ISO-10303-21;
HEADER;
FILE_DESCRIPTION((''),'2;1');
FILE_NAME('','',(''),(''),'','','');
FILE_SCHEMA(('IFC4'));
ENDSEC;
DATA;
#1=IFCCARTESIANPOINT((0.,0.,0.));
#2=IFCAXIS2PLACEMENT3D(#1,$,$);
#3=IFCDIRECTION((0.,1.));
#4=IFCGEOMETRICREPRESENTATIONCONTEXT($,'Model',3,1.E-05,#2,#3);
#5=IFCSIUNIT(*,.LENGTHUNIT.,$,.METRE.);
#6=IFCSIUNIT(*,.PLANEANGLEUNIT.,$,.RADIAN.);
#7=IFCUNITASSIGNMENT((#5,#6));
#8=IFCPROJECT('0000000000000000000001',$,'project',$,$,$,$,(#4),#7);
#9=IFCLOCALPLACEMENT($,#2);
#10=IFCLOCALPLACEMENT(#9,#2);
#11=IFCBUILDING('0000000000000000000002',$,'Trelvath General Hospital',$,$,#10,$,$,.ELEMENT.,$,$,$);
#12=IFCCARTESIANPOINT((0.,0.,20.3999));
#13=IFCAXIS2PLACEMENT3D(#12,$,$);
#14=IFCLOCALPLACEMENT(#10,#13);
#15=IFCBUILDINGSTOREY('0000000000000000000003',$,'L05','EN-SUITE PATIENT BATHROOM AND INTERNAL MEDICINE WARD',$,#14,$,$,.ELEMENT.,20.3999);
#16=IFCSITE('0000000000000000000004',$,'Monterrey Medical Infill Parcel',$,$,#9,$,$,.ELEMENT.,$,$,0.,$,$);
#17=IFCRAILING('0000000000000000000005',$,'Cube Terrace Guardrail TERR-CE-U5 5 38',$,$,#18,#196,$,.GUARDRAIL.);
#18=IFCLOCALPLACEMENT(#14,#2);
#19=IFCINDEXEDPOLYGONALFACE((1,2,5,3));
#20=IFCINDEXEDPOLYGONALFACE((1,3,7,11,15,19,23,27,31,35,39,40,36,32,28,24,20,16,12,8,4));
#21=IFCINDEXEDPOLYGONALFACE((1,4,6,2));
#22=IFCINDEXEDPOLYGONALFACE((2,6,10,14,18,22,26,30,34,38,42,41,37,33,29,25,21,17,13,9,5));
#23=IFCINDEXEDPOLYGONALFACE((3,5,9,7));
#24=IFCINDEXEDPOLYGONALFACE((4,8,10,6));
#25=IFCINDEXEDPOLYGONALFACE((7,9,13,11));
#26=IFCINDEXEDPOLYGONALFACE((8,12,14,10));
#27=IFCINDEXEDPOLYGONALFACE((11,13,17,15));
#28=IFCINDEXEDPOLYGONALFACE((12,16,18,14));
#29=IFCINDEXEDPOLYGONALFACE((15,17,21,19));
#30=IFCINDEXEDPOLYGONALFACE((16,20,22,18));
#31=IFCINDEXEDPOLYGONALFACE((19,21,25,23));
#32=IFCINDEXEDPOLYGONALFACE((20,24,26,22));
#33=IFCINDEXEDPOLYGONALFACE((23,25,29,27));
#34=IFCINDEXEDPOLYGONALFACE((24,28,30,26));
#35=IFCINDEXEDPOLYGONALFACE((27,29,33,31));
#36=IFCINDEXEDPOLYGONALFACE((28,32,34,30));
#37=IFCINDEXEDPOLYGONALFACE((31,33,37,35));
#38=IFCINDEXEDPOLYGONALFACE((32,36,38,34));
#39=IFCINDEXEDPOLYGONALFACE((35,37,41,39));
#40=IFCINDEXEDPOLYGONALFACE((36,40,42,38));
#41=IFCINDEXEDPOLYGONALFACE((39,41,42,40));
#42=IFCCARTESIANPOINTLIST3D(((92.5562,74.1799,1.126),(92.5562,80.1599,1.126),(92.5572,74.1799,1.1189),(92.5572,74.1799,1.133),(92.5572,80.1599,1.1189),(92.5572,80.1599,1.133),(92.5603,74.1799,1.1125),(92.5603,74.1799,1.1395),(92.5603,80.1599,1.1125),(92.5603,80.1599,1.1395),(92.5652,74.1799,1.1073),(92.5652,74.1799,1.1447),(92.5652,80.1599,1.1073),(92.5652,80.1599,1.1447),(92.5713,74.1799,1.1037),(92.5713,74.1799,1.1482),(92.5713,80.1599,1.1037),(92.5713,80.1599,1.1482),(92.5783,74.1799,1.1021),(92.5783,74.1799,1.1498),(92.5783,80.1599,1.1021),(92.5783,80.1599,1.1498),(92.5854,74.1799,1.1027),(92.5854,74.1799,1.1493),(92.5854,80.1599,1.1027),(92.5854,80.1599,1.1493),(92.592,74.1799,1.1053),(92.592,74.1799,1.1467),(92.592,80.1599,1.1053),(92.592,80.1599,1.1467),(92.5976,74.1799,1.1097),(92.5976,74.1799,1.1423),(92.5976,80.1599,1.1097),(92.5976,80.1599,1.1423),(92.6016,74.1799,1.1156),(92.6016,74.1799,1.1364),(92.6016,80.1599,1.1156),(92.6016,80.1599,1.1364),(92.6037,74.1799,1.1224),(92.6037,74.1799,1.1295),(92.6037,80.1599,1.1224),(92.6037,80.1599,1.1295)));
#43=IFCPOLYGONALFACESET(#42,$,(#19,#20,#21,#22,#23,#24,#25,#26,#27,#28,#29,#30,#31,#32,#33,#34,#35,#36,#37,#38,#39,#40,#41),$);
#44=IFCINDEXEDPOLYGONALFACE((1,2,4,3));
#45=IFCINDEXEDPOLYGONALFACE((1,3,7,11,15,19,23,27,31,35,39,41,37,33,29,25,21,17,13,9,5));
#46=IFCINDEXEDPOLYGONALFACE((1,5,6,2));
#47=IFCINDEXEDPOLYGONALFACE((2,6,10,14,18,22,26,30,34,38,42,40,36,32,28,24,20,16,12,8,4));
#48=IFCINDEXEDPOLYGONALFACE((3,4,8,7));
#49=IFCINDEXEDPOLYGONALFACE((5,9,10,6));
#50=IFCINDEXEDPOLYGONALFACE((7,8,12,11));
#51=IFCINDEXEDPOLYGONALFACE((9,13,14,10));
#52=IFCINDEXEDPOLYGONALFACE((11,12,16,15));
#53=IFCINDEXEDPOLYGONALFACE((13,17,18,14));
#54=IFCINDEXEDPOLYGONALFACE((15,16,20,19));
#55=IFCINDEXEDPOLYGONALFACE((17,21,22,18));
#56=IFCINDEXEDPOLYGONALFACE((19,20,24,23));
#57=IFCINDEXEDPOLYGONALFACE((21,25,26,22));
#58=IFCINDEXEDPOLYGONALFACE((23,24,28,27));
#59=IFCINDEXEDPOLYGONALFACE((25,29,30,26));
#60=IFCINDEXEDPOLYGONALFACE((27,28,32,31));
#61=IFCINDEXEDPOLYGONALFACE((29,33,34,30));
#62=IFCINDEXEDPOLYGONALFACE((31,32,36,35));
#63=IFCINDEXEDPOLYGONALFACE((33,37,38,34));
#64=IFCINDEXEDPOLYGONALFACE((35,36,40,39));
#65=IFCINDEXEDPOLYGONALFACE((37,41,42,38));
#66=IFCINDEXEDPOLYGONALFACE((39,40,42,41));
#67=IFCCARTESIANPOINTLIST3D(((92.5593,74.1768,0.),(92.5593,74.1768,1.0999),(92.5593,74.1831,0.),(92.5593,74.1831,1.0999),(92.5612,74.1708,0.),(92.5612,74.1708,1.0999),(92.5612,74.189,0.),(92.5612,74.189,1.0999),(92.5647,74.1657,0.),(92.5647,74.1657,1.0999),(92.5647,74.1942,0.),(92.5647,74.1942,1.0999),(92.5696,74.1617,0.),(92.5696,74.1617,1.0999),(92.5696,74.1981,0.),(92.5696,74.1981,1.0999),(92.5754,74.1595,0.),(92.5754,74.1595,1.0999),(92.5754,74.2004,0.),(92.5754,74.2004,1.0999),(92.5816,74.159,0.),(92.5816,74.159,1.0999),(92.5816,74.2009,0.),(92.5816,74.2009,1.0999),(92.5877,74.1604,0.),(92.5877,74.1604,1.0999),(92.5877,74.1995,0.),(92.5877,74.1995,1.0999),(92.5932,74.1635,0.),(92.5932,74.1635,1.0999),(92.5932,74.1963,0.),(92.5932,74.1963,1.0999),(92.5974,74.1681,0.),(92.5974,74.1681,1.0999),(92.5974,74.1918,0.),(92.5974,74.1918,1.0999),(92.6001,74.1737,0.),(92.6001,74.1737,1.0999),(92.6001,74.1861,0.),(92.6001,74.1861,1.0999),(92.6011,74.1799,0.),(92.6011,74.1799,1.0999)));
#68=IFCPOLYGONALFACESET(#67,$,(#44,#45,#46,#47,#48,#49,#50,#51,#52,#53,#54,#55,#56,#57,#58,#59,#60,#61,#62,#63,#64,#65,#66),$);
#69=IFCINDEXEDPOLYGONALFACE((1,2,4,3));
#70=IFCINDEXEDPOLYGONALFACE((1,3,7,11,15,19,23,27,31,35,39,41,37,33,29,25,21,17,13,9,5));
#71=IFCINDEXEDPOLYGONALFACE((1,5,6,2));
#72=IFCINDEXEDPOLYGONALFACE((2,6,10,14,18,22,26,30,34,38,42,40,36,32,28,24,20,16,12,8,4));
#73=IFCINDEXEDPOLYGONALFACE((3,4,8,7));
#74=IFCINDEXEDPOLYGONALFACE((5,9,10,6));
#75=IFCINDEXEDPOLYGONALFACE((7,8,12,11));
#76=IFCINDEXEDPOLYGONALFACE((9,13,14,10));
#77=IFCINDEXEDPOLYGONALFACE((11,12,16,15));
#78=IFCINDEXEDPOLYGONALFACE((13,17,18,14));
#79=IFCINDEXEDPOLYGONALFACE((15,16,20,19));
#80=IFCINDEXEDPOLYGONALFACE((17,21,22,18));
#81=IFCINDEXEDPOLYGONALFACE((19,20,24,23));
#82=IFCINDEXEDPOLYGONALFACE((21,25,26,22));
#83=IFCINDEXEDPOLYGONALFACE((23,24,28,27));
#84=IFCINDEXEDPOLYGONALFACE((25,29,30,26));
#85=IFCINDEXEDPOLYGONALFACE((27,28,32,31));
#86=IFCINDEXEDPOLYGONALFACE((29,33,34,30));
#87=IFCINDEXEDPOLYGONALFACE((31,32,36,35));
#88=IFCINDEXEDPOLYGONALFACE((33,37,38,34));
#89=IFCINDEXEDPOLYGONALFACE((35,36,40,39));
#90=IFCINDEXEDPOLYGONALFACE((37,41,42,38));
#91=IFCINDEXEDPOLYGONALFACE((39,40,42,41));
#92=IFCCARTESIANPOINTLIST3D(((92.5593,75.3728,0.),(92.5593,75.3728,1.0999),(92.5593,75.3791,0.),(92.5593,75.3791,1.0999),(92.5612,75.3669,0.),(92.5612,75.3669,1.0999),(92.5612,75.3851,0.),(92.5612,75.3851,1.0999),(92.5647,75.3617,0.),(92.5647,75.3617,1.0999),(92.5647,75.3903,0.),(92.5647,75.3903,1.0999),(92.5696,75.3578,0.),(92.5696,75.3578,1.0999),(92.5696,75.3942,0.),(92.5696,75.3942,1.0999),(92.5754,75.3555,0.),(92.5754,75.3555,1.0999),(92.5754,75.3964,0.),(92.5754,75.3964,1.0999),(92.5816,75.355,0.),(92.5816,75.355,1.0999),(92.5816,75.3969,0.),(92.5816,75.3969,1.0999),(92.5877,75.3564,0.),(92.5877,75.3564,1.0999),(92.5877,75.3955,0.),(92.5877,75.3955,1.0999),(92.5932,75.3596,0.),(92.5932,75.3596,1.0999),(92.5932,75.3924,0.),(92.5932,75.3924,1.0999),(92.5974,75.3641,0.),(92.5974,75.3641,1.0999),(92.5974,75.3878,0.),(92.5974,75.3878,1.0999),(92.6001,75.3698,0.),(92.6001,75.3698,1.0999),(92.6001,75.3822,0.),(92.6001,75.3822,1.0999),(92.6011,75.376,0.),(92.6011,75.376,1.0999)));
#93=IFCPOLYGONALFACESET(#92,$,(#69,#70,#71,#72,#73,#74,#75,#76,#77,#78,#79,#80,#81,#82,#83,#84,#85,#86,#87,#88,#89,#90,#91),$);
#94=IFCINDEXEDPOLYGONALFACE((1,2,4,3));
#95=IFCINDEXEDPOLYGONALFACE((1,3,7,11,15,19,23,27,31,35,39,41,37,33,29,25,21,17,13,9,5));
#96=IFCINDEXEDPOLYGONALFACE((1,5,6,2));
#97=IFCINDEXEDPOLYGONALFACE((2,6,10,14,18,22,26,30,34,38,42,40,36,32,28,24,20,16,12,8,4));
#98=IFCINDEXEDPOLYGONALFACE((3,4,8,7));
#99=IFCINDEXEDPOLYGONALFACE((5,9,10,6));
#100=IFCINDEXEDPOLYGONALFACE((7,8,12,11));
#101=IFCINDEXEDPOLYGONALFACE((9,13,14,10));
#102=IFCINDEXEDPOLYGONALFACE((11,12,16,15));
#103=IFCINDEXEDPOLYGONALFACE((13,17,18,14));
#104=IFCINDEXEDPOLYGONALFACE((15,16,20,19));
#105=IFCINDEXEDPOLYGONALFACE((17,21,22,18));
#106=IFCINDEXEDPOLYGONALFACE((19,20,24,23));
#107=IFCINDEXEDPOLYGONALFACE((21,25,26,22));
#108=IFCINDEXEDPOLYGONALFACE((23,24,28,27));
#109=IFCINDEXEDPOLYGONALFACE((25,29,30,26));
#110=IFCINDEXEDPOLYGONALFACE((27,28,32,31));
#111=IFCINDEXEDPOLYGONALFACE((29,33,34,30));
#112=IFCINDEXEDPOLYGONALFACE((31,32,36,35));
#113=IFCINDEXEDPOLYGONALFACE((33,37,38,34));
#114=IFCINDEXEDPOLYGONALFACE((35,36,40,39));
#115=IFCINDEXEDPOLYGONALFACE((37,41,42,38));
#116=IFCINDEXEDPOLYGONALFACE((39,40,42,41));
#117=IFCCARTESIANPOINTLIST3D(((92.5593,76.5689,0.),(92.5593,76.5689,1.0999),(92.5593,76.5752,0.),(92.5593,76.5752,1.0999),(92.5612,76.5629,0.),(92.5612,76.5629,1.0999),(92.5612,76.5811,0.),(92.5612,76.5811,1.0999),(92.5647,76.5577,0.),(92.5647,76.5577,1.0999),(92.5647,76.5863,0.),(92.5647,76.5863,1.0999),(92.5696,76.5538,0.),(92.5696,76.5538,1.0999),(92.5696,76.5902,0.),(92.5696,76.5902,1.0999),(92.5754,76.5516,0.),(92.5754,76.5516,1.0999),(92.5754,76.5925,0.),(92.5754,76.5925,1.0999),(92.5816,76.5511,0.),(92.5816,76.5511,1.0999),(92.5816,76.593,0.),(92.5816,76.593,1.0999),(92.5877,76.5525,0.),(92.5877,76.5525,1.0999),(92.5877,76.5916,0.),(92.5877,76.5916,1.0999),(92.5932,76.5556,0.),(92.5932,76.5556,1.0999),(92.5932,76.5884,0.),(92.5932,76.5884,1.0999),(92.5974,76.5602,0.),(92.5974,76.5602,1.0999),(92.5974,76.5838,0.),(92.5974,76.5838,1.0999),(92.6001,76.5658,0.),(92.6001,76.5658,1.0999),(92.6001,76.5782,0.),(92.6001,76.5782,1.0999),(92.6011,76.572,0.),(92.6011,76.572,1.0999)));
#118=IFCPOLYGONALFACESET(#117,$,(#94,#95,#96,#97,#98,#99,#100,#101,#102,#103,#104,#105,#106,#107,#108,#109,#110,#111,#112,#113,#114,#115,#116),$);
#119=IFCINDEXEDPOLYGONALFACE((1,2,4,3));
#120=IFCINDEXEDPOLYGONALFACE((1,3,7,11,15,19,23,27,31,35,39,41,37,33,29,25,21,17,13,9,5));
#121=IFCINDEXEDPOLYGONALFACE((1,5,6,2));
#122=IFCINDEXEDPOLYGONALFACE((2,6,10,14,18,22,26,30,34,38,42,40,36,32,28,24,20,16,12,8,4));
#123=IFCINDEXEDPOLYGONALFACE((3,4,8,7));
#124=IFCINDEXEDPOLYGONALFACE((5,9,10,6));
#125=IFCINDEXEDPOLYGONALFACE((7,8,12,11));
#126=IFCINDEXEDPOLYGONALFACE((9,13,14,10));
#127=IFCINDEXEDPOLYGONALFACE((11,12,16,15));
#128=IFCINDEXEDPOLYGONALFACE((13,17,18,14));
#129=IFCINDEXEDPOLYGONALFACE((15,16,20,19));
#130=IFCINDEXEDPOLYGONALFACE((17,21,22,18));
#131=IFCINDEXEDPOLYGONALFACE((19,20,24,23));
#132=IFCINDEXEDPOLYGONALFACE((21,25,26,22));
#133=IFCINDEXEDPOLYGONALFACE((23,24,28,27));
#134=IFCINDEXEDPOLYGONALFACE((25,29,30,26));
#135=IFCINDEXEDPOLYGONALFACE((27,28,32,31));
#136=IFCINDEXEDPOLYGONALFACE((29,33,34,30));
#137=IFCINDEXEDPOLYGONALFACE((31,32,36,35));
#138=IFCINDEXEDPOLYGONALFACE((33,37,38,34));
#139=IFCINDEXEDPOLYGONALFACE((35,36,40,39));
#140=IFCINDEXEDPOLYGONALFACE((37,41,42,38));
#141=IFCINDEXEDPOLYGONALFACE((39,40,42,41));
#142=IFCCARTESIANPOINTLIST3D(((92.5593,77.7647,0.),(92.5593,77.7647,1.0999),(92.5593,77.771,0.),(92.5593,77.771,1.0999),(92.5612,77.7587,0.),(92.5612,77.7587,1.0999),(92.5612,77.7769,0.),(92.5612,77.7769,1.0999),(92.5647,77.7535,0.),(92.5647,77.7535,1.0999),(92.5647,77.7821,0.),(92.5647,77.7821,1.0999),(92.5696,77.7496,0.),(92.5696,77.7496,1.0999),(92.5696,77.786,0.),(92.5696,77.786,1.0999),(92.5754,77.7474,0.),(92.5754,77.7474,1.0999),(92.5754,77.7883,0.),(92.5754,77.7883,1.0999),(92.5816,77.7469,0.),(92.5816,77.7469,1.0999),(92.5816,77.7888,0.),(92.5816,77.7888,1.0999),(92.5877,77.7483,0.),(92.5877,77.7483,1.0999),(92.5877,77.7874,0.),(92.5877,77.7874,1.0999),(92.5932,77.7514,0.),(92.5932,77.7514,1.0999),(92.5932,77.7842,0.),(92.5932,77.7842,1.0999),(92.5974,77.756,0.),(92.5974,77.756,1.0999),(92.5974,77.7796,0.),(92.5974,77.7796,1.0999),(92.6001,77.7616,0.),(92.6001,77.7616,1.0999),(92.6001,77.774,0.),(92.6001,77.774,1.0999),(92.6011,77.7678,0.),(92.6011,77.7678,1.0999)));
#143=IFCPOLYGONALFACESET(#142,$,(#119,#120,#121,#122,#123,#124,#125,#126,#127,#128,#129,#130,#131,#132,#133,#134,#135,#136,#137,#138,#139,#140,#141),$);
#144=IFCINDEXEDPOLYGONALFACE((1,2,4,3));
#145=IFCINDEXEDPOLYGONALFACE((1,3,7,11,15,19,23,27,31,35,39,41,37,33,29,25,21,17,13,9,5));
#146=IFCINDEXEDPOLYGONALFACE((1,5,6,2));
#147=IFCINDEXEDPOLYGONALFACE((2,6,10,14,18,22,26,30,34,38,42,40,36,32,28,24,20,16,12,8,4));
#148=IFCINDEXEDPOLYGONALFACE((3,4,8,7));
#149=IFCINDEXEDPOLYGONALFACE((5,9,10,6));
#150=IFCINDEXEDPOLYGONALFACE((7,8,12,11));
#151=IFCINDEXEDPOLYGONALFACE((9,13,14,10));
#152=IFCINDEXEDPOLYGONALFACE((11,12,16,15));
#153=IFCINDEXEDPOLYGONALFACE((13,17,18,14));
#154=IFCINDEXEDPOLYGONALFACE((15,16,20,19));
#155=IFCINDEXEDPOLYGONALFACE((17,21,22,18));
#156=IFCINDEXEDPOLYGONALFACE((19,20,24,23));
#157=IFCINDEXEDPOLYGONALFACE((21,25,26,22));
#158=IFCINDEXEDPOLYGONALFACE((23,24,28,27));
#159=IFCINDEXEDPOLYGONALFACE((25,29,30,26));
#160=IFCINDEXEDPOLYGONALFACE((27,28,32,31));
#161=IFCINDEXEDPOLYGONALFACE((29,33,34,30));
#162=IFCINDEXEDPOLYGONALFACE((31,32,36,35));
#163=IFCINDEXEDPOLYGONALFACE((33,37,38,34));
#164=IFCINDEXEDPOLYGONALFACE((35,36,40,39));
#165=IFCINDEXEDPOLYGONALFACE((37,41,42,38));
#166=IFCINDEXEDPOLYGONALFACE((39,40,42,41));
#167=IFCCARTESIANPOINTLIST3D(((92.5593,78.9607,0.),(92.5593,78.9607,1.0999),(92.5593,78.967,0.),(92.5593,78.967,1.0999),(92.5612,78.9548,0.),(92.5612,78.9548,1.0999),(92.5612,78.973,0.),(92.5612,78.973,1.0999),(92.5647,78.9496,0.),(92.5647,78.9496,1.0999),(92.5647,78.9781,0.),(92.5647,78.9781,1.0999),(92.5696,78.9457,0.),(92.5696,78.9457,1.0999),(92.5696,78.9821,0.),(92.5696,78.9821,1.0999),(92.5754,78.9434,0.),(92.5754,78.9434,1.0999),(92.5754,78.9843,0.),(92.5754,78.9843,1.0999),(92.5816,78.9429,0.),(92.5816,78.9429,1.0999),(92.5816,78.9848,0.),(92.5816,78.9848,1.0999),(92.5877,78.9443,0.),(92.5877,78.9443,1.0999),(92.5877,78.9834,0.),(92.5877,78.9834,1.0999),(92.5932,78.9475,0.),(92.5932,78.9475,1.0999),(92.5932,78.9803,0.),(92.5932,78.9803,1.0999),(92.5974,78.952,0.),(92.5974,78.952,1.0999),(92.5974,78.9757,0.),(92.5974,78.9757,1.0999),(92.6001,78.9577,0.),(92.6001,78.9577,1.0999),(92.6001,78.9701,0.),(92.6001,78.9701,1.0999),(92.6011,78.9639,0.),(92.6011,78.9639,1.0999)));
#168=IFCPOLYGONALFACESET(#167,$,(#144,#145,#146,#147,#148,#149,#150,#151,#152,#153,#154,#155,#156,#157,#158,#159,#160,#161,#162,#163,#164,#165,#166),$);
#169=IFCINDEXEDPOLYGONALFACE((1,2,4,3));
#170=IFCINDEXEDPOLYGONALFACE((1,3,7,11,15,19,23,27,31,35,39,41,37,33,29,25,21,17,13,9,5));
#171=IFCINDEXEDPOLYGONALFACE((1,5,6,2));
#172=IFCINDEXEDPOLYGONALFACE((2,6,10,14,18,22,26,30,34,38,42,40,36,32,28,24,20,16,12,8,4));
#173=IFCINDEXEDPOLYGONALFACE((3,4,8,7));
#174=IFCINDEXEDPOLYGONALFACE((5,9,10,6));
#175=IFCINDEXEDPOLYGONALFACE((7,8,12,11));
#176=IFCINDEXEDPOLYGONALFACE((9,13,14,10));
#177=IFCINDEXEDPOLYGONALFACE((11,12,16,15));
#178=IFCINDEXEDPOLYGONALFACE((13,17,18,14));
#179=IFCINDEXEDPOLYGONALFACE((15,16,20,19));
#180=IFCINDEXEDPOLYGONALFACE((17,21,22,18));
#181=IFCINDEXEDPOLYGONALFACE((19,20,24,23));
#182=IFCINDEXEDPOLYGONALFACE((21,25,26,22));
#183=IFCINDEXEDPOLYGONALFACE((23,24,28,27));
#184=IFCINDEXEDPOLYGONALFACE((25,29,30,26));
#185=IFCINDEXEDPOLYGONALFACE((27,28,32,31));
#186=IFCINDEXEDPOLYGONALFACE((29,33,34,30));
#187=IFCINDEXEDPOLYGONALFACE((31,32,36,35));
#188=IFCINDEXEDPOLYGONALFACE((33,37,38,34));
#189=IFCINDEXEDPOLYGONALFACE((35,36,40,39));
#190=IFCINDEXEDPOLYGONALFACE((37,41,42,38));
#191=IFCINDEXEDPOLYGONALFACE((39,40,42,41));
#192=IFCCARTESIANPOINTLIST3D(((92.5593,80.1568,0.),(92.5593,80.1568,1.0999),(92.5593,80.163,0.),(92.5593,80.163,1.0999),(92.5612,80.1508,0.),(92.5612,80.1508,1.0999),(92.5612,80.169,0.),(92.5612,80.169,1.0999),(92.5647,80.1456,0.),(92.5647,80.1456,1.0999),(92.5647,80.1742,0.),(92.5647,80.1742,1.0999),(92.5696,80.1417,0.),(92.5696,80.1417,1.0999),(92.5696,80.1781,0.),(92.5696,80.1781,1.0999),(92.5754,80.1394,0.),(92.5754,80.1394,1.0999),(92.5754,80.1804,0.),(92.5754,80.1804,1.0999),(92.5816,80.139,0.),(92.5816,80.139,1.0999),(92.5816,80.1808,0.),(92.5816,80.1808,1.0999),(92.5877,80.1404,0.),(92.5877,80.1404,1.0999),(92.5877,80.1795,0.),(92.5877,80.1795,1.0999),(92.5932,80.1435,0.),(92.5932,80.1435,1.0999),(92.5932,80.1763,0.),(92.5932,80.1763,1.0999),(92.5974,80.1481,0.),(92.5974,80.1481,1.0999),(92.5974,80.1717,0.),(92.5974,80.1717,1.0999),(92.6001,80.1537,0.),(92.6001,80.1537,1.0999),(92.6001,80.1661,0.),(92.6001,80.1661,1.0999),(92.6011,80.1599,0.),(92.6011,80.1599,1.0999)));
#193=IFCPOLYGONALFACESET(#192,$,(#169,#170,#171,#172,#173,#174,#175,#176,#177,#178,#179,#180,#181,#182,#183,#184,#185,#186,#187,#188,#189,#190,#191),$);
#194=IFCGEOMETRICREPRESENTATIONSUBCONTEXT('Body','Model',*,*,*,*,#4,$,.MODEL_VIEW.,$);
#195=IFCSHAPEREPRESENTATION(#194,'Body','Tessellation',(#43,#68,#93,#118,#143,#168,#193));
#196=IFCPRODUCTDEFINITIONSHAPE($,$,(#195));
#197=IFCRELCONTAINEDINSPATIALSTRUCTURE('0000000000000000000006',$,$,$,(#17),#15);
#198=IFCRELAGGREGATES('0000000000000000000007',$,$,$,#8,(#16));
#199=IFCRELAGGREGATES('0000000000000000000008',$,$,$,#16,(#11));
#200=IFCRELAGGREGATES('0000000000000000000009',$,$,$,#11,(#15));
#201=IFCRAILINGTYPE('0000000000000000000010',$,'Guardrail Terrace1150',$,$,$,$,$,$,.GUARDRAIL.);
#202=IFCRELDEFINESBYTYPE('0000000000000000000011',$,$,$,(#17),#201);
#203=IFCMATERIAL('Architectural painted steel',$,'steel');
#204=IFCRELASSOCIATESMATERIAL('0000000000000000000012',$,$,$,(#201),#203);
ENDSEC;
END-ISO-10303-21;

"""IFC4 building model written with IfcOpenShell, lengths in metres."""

from ifc_helpers import new_model, si_unit, direction, frame, origin, origin_2d, place, context, subcontext, project, spatial, circle, extrude, material, type_object, element, save


model = new_model("IFC4")

# Units and contexts
model_context = context("Model", 3, precision=1e-05, world=origin(), true_north=direction((0.0, 1.0)))
body_context = subcontext(model_context, "Body", "Model", "MODEL_VIEW")
ifc_project = project(units=[si_unit("LENGTHUNIT", "METRE"), si_unit("PLANEANGLEUNIT", "RADIAN")], contexts=[model_context])

# Site, building, storey
site_placement = place(None, origin())
site = spatial("IfcSite", under=ifc_project, at=site_placement, Name="Monterrey Medical Infill Parcel", CompositionType="ELEMENT", RefElevation=0.0)
building_placement = place(site_placement, origin())
building = spatial("IfcBuilding", under=site, at=building_placement, Name="Trelvath General Hospital", CompositionType="ELEMENT")
storey_placement = place(building_placement, frame((0.0, 0.0, 20.3999)))
storey = spatial("IfcBuildingStorey", under=building, at=storey_placement, Name="L05", Description="EN-SUITE PATIENT BATHROOM AND INTERNAL MEDICINE WARD", CompositionType="ELEMENT", Elevation=20.3999)

# Railing
ifc_material_1 = material(Name="Architectural painted steel", Category="steel")
railing_type = type_object("IfcRailingType", Name="Guardrail Terrace1150", PredefinedType="GUARDRAIL", material=ifc_material_1)
railing_1_placement = place(storey_placement, frame((92.5801, 74.1799, 0.0)))
element("IfcRailing", 1, at=railing_1_placement, inside=storey, type_object=railing_type, Name="Cube Terrace Guardrail TERR-CE-U5 5 38", PredefinedType="GUARDRAIL", context=body_context, shape_type="SweptSolid", body=[
    extrude(circle(Radius=0.0239, at=origin_2d()), frame((0.0, 0.0, 1.126), z_axis=(0.0, 1.0, 0.0), x_axis=(-1.0, 0.0, 0.0)), (0.0, 0.0, 1.0), 5.98),
    extrude(circle(Radius=0.021, at=origin_2d()), origin(), (0.0, 0.0, 1.0), 1.0999),
    extrude(circle(Radius=0.021, at=origin_2d()), frame((0.0, 1.196, 0.0)), (0.0, 0.0, 1.0), 1.0999),
    extrude(circle(Radius=0.021, at=origin_2d()), frame((0.0, 2.3921, 0.0)), (0.0, 0.0, 1.0), 1.0999),
    extrude(circle(Radius=0.021, at=origin_2d()), frame((0.0, 3.5879, 0.0)), (0.0, 0.0, 1.0), 1.0999),
    extrude(circle(Radius=0.021, at=origin_2d()), frame((0.0, 4.7839, 0.0)), (0.0, 0.0, 1.0), 1.0999),
    extrude(circle(Radius=0.021, at=origin_2d()), frame((0.0, 5.98, 0.0)), (0.0, 0.0, 1.0), 1.0999),
])

save(model, "model.ifc")
